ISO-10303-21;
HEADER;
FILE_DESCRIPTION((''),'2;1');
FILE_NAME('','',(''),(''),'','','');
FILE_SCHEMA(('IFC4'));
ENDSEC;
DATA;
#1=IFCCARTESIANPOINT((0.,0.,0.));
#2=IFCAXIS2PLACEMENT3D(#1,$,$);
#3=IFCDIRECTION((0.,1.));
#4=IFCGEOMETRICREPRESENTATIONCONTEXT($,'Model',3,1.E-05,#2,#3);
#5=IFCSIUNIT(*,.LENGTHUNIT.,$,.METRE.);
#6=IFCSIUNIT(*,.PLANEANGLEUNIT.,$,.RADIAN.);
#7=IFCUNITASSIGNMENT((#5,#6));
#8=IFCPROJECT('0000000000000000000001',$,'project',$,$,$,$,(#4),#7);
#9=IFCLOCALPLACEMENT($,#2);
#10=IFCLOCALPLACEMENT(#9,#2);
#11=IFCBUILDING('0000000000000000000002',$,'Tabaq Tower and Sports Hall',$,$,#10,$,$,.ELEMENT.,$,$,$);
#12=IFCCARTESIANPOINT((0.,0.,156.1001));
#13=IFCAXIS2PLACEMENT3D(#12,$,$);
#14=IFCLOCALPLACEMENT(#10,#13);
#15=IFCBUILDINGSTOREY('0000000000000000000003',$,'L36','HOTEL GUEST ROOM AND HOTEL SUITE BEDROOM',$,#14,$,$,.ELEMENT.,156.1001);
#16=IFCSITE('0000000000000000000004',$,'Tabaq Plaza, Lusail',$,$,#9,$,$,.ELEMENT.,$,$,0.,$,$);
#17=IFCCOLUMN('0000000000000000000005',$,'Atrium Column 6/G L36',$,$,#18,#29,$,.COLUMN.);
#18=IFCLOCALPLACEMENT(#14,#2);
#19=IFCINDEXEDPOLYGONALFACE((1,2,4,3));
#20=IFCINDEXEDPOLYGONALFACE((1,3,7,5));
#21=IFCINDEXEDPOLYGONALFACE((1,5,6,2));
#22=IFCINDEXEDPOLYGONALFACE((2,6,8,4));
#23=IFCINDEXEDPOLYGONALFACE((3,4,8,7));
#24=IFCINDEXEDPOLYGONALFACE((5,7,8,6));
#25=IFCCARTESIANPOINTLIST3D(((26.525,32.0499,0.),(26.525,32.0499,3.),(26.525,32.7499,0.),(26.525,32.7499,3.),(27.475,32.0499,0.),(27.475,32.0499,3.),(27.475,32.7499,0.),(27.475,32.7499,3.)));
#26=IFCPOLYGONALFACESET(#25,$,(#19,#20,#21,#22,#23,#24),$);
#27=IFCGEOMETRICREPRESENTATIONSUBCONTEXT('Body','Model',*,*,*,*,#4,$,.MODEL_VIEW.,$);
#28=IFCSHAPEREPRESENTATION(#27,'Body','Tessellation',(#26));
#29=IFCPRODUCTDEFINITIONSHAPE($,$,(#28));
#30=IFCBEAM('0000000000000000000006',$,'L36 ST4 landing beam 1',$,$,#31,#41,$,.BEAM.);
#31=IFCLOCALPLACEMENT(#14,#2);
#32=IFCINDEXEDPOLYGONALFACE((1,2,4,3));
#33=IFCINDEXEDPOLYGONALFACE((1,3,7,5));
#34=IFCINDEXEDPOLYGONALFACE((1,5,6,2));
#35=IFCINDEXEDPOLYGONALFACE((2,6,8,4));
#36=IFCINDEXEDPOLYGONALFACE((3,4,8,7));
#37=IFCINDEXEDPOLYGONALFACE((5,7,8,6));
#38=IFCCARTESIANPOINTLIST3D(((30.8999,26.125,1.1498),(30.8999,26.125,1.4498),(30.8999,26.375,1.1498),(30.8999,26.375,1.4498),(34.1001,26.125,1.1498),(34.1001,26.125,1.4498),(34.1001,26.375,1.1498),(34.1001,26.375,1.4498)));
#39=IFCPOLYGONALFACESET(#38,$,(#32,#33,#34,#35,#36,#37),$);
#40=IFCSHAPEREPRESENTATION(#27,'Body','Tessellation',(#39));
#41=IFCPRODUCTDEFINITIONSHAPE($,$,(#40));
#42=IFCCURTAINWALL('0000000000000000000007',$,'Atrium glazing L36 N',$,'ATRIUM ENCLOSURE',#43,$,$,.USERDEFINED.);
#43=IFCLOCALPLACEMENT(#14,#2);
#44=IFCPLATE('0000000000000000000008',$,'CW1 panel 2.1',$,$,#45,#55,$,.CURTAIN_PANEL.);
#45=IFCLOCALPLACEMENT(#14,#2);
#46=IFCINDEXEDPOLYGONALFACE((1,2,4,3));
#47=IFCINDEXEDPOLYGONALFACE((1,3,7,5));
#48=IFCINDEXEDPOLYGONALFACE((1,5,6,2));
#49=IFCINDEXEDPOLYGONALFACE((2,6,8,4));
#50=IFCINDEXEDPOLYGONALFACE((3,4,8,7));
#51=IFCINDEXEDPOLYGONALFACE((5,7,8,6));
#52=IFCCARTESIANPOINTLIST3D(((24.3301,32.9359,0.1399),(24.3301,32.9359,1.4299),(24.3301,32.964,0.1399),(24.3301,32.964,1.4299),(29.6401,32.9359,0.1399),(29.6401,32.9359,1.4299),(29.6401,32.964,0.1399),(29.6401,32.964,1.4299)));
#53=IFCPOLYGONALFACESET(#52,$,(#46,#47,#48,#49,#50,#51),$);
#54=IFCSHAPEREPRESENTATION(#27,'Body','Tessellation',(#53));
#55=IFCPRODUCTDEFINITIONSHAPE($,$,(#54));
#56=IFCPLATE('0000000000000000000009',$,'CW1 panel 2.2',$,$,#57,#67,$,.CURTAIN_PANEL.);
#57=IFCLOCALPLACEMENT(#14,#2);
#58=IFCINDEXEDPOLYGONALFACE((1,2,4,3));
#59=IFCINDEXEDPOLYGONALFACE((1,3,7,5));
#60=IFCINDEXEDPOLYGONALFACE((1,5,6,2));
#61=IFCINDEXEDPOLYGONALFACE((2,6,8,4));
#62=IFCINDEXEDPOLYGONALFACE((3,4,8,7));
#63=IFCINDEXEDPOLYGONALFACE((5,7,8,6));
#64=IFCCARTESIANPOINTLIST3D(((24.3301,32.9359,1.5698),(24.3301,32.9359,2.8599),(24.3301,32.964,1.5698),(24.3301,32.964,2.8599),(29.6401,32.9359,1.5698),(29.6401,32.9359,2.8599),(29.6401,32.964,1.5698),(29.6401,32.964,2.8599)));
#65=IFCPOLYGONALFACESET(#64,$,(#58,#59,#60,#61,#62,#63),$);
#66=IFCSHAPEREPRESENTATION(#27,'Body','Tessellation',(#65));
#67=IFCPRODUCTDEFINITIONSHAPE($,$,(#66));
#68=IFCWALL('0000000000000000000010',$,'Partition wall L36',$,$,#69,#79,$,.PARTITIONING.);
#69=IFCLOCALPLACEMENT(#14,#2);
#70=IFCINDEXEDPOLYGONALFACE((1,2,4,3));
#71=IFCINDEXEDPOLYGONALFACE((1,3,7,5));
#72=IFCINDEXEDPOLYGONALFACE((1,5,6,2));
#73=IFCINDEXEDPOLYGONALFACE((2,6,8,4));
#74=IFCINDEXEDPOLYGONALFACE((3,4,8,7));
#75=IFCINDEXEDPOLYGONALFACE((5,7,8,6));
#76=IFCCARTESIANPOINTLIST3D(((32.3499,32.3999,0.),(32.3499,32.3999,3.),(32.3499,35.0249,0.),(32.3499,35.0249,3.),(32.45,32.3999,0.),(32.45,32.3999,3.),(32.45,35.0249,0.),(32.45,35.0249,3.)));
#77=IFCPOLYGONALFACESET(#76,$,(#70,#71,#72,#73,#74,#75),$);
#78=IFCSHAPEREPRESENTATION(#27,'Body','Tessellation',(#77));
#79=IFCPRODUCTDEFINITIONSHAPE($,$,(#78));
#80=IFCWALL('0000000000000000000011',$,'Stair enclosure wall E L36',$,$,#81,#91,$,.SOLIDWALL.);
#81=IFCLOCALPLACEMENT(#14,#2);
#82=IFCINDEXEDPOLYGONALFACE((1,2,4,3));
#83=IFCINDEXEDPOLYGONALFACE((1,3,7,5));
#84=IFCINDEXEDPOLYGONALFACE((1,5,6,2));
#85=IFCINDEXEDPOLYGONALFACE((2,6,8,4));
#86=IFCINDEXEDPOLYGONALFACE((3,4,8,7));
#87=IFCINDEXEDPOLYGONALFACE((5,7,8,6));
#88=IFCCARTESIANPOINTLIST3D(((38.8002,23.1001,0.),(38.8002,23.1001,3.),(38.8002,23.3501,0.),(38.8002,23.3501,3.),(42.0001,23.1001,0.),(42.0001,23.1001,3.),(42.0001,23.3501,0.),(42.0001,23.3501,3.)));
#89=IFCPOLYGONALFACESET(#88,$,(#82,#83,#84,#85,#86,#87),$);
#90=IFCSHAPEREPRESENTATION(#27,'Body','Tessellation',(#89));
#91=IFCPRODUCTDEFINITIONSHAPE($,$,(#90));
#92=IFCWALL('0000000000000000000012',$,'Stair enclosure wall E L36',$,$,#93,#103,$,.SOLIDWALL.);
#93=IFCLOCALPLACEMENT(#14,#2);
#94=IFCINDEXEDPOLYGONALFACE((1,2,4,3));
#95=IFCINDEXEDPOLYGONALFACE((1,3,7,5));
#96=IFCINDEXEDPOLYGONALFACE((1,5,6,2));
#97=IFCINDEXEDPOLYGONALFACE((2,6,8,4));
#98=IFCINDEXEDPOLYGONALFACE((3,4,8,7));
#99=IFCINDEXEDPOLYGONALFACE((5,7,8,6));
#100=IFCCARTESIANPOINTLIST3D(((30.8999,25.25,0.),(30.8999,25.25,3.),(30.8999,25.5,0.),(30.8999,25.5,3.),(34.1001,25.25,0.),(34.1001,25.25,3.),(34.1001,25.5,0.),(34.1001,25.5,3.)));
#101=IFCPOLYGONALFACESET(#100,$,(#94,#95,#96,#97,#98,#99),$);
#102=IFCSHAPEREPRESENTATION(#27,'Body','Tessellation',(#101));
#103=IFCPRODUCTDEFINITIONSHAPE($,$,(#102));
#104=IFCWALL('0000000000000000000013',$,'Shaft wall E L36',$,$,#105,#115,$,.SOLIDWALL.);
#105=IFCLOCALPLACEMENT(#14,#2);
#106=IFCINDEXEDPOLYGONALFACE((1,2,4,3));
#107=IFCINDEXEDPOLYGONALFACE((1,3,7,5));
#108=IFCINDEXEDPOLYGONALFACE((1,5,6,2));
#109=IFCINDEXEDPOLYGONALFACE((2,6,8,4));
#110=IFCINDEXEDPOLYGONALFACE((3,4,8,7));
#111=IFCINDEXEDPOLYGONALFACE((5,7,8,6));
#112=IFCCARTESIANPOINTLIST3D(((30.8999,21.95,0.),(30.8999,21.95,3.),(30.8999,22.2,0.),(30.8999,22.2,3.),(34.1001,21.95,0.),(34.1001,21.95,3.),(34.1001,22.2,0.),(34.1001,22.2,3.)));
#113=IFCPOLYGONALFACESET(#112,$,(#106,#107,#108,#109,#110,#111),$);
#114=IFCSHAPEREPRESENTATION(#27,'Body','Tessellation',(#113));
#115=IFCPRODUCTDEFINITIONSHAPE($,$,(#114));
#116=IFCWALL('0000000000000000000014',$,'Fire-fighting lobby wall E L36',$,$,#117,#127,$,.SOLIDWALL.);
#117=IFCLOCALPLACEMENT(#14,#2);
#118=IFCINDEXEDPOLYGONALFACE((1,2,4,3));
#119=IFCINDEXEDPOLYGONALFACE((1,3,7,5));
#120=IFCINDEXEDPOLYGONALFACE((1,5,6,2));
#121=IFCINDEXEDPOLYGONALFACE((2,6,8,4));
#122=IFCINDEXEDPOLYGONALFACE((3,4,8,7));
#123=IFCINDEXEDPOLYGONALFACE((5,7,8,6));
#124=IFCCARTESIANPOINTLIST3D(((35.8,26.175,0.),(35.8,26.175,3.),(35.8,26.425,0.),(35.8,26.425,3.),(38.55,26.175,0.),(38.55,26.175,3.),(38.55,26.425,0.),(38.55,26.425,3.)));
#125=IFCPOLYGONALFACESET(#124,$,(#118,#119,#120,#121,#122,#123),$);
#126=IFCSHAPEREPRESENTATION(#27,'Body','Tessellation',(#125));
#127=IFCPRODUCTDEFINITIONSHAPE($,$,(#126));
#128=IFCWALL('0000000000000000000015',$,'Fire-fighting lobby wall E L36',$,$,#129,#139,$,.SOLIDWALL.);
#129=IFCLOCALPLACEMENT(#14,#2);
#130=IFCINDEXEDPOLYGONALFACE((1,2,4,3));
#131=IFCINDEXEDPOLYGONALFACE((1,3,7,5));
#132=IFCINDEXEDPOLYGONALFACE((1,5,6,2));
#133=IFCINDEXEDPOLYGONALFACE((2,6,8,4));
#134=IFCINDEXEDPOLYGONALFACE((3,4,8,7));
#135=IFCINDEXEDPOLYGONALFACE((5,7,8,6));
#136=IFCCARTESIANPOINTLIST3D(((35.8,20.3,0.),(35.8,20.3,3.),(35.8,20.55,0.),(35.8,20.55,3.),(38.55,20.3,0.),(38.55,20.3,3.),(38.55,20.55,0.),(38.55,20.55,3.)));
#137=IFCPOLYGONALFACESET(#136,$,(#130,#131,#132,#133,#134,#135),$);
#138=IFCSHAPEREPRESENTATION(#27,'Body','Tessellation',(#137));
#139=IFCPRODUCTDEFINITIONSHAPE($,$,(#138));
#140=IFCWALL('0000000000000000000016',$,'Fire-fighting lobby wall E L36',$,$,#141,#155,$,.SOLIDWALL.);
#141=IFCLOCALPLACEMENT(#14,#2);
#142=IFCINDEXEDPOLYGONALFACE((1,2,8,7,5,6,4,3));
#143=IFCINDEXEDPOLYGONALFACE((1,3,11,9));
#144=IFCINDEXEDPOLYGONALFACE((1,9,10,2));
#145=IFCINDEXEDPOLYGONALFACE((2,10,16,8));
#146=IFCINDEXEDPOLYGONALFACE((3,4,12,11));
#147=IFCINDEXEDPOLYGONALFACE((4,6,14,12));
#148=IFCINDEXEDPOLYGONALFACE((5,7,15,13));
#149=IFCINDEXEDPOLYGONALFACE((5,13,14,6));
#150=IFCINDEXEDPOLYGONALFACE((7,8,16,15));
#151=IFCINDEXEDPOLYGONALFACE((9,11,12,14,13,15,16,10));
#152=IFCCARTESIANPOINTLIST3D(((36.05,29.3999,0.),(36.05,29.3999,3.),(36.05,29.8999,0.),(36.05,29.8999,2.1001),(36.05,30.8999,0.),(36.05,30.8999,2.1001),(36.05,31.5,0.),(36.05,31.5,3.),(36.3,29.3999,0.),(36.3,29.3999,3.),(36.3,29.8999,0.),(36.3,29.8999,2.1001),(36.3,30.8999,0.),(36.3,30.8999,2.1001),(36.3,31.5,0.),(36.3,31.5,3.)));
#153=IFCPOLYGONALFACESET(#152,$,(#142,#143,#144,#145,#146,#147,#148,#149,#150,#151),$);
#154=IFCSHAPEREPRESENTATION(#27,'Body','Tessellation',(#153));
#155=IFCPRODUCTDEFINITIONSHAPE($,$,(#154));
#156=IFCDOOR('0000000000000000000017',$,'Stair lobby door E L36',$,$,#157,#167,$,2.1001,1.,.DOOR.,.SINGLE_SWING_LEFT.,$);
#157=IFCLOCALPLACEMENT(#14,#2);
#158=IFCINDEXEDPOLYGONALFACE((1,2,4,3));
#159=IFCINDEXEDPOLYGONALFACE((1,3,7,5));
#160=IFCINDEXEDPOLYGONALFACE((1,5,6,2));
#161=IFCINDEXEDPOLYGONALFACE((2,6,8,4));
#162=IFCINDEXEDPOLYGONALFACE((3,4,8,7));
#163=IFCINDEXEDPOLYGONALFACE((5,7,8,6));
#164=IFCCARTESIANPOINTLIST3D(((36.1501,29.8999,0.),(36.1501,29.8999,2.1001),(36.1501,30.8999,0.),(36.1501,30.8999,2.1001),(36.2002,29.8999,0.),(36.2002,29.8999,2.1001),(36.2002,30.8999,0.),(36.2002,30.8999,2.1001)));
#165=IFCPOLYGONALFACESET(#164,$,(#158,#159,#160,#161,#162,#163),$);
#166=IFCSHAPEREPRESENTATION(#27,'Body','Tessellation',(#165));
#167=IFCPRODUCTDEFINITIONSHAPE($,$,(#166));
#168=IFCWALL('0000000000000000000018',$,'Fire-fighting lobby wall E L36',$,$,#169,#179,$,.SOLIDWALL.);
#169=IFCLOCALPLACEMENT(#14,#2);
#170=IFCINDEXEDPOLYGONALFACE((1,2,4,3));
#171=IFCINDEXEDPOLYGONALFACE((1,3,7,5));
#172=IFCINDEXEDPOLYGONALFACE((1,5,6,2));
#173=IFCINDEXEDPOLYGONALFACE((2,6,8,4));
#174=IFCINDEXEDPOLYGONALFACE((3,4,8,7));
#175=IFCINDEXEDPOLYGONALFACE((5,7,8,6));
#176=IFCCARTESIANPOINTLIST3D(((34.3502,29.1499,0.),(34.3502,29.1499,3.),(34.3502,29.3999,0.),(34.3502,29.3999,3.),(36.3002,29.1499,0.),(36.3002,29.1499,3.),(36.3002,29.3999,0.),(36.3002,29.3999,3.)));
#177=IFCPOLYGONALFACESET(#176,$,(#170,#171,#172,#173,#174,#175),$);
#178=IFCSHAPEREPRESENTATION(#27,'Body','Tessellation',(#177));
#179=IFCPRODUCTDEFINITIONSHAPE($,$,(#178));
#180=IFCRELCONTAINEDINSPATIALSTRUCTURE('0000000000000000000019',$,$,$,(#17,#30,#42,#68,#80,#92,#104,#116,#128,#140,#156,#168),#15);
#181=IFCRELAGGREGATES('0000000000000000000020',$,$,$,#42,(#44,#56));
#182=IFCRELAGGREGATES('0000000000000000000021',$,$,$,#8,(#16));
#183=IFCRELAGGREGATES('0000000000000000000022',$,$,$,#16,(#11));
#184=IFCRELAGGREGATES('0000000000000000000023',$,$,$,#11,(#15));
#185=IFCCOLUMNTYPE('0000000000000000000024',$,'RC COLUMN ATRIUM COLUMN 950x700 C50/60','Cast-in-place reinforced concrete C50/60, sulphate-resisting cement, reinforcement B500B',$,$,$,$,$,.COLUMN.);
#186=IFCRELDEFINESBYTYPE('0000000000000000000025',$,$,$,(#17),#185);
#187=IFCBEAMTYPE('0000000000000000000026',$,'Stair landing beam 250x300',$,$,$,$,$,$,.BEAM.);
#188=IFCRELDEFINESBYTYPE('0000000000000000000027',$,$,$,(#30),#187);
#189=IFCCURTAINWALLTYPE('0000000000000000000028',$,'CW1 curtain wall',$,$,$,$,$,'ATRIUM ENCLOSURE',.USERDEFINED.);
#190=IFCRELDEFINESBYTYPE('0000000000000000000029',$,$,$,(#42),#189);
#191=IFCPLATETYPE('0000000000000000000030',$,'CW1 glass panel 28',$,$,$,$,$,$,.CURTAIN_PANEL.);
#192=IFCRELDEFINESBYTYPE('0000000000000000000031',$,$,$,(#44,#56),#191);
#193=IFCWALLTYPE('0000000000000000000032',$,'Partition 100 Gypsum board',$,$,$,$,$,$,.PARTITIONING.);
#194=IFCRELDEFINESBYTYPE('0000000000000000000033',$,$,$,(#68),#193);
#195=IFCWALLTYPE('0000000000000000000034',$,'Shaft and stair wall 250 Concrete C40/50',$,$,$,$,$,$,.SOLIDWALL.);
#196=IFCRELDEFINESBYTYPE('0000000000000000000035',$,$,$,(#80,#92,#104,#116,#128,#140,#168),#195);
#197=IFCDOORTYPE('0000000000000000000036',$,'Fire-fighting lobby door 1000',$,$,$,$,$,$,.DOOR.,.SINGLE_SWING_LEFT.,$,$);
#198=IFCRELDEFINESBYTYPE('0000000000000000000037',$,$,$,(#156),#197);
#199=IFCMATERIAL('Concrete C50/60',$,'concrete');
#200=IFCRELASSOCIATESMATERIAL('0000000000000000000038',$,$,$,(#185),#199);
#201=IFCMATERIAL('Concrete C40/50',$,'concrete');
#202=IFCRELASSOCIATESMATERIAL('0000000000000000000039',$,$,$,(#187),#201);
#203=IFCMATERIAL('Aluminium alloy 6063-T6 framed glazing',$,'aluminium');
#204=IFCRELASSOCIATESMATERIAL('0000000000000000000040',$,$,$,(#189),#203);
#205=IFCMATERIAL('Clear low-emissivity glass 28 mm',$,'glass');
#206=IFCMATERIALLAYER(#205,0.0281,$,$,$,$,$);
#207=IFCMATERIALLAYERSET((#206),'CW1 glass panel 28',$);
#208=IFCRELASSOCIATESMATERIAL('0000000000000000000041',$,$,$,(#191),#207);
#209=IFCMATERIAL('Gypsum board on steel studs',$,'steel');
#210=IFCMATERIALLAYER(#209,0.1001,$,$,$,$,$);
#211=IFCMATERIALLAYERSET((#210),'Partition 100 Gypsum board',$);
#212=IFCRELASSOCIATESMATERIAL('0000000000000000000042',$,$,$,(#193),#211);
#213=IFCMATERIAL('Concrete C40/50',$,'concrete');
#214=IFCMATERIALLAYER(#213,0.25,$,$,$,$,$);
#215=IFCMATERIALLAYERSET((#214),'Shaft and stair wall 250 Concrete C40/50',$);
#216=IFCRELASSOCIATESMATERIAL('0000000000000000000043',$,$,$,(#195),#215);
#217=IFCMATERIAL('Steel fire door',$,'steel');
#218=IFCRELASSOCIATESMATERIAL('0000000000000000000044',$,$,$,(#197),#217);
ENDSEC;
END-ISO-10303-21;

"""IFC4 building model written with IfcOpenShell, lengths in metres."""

from ifc_helpers import new_model, si_unit, direction, frame, frame_2d, origin, origin_2d, place, context, subcontext, project, spatial, rectangle, extrude, material, layer, layer_set, material_profile, profile_set, type_object, element, fill, aggregate, save


model = new_model("IFC4")

# Units and contexts
model_context = context("Model", 3, precision=1e-05, world=origin(), true_north=direction((0.0, 1.0)))
body_context = subcontext(model_context, "Body", "Model", "MODEL_VIEW")
ifc_project = project(units=[si_unit("LENGTHUNIT", "METRE"), si_unit("PLANEANGLEUNIT", "RADIAN")], contexts=[model_context])

# Site, building, storey
site_placement = place(None, origin())
site = spatial("IfcSite", under=ifc_project, at=site_placement, Name="Tabaq Plaza, Lusail", CompositionType="ELEMENT", RefElevation=0.0)
building_placement = place(site_placement, origin())
building = spatial("IfcBuilding", under=site, at=building_placement, Name="Tabaq Tower and Sports Hall", CompositionType="ELEMENT")
storey_placement = place(building_placement, frame((0.0, 0.0, 156.1001)))
storey = spatial("IfcBuildingStorey", under=building, at=storey_placement, Name="L36", Description="HOTEL GUEST ROOM AND HOTEL SUITE BEDROOM", CompositionType="ELEMENT", Elevation=156.1001)

# Column
ifc_material_1 = material(Name="Concrete C50/60", Category="concrete")
ifc_material_profile_1 = material_profile(ifc_material_1, rectangle(XDim=0.95, YDim=0.7, at=origin_2d()), Name="ATRIUM COLUMN 950x700")
ifc_profile_set_1 = profile_set([ifc_material_profile_1], Name="Concrete C50/60")
column_type = type_object("IfcColumnType", Name="RC COLUMN ATRIUM COLUMN 950x700 C50/60", Description="Cast-in-place reinforced concrete C50/60, sulphate-resisting cement, reinforcement B500B", PredefinedType="COLUMN", material=ifc_profile_set_1)
column_placement = place(storey_placement, frame((27.0, 32.3999, 0.0), z_axis=(0.0, 0.0, 1.0), x_axis=(1.0, 0.0, 0.0)))
element("IfcColumn", 1, at=column_placement, inside=storey, type_object=column_type, Name="Atrium Column 6/G L36", PredefinedType="COLUMN", context=body_context, shape_type="SweptSolid", body=[
    extrude(rectangle(XDim=0.95, YDim=0.7, at=origin_2d()), origin(), (0.0, 0.0, 1.0), 3.0),
])

# Beam
ifc_material_2 = material(Name="Concrete C40/50", Category="concrete")
ifc_material_profile_2 = material_profile(ifc_material_2, rectangle(XDim=0.25, YDim=0.3, at=origin_2d()), Name="RC 250x300")
ifc_profile_set_2 = profile_set([ifc_material_profile_2], Name="Concrete C40/50")
beam_type = type_object("IfcBeamType", Name="Stair landing beam 250x300", PredefinedType="BEAM", material=ifc_profile_set_2)
beam_placement = place(storey_placement, frame((30.8999, 26.25, 1.2998), z_axis=(1.0, 0.0, 0.0), x_axis=(0.0, 1.0, 0.0)))
element("IfcBeam", 2, at=beam_placement, inside=storey, type_object=beam_type, Name="L36 ST4 landing beam 1", PredefinedType="BEAM", context=body_context, shape_type="SweptSolid", body=[
    extrude(rectangle(XDim=0.25, YDim=0.3, at=origin_2d()), origin(), (0.0, 0.0, 1.0), 3.2002),
])

# Curtain wall, plates
ifc_material_3 = material(Name="Aluminium alloy 6063-T6 framed glazing", Category="aluminium")
curtain_wall_type = type_object("IfcCurtainWallType", Name="CW1 curtain wall", ElementType="ATRIUM ENCLOSURE", PredefinedType="USERDEFINED", material=ifc_material_3)
curtain_wall_placement = place(storey_placement, origin())
curtain_wall = element("IfcCurtainWall", 3, at=curtain_wall_placement, inside=storey, type_object=curtain_wall_type, Name="Atrium glazing L36 N", ObjectType="ATRIUM ENCLOSURE", PredefinedType="USERDEFINED")
ifc_material_4 = material(Name="Clear low-emissivity glass 28 mm", Category="glass")
ifc_layer_1 = layer(ifc_material_4, 0.0281)
ifc_layer_set_1 = layer_set([ifc_layer_1], Name="CW1 glass panel 28")
plate_type = type_object("IfcPlateType", Name="CW1 glass panel 28", PredefinedType="CURTAIN_PANEL", material=ifc_layer_set_1)
plate_1_placement = place(storey_placement, frame((26.9851, 32.95, 0.1399), z_axis=(0.0, 0.0, 1.0), x_axis=(1.0, 0.0, 0.0)))
plate_1 = element("IfcPlate", 4, at=plate_1_placement, type_object=plate_type, Name="CW1 panel 2.1", PredefinedType="CURTAIN_PANEL", context=body_context, shape_type="SweptSolid", body=[
    extrude(rectangle(XDim=5.3101, YDim=0.0281, at=origin_2d()), origin(), (0.0, 0.0, 1.0), 1.29),
])
plate_2_placement = place(storey_placement, frame((26.9851, 32.95, 1.5698), z_axis=(0.0, 0.0, 1.0), x_axis=(1.0, 0.0, 0.0)))
plate_2 = element("IfcPlate", 5, at=plate_2_placement, type_object=plate_type, Name="CW1 panel 2.2", PredefinedType="CURTAIN_PANEL", context=body_context, shape_type="SweptSolid", body=[
    extrude(rectangle(XDim=5.3101, YDim=0.0281, at=origin_2d()), origin(), (0.0, 0.0, 1.0), 1.29),
])
aggregate(curtain_wall, [plate_1, plate_2])

# Walls
ifc_material_5 = material(Name="Gypsum board on steel studs", Category="steel")
ifc_layer_2 = layer(ifc_material_5, 0.1001)
ifc_layer_set_2 = layer_set([ifc_layer_2], Name="Partition 100 Gypsum board")
wall_type_1 = type_object("IfcWallType", Name="Partition 100 Gypsum board", PredefinedType="PARTITIONING", material=ifc_layer_set_2)
wall_1_placement = place(storey_placement, frame((32.3999, 32.3999, 0.0), z_axis=(0.0, 0.0, 1.0), x_axis=(0.0, 1.0, 0.0)))
element("IfcWall", 6, at=wall_1_placement, inside=storey, type_object=wall_type_1, Name="Partition wall L36", PredefinedType="PARTITIONING", context=body_context, shape_type="SweptSolid", body=[
    extrude(rectangle(XDim=2.625, YDim=0.1001, at=frame_2d((1.3125, 0.0))), origin(), (0.0, 0.0, 1.0), 3.0),
])
ifc_material_6 = material(Name="Concrete C40/50", Category="concrete")
ifc_layer_3 = layer(ifc_material_6, 0.25)
ifc_layer_set_3 = layer_set([ifc_layer_3], Name="Shaft and stair wall 250 Concrete C40/50")
wall_type_2 = type_object("IfcWallType", Name="Shaft and stair wall 250 Concrete C40/50", PredefinedType="SOLIDWALL", material=ifc_layer_set_3)
wall_2_placement = place(storey_placement, frame((38.8, 23.2251, 0.0), z_axis=(0.0, 0.0, 1.0), x_axis=(1.0, 0.0, 0.0)))
element("IfcWall", 7, at=wall_2_placement, inside=storey, type_object=wall_type_2, Name="Stair enclosure wall E L36", PredefinedType="SOLIDWALL", context=body_context, shape_type="SweptSolid", body=[
    extrude(rectangle(XDim=3.2, YDim=0.25, at=frame_2d((1.6001, 0.0))), origin(), (0.0, 0.0, 1.0), 3.0),
])
for number, where, z_axis, x_axis, name in (
    (8, (30.8999, 25.375, 0.0), (0.0, 0.0, 1.0), (1.0, 0.0, 0.0), "Stair enclosure wall E L36"),
    (9, (30.8999, 22.075, 0.0), (0.0, 0.0, 1.0), (1.0, 0.0, 0.0), "Shaft wall E L36"),
):
    element("IfcWall", number, at=place(storey_placement, frame(where, z_axis=z_axis, x_axis=x_axis)), inside=storey, type_object=wall_type_2, Name=name, PredefinedType="SOLIDWALL", context=body_context, shape_type="SweptSolid", body=[
        extrude(rectangle(XDim=3.2002, YDim=0.25, at=frame_2d((1.6001, 0.0))), origin(), (0.0, 0.0, 1.0), 3.0),
    ])
for number, where, z_axis, x_axis, name in (
    (10, (35.8, 26.3, 0.0), (0.0, 0.0, 1.0), (1.0, 0.0, 0.0), "Fire-fighting lobby wall E L36"),
    (11, (35.8, 20.425, 0.0), (0.0, 0.0, 1.0), (1.0, 0.0, 0.0), "Fire-fighting lobby wall E L36"),
):
    element("IfcWall", number, at=place(storey_placement, frame(where, z_axis=z_axis, x_axis=x_axis)), inside=storey, type_object=wall_type_2, Name=name, PredefinedType="SOLIDWALL", context=body_context, shape_type="SweptSolid", body=[
        extrude(rectangle(XDim=2.75, YDim=0.25, at=frame_2d((1.375, 0.0))), origin(), (0.0, 0.0, 1.0), 3.0),
    ])

# Wall, opening, door
wall_3_placement = place(storey_placement, frame((36.175, 29.3999, 0.0), z_axis=(0.0, 0.0, 1.0), x_axis=(0.0, 1.0, 0.0)))
wall_3 = element("IfcWall", 12, at=wall_3_placement, inside=storey, type_object=wall_type_2, Name="Fire-fighting lobby wall E L36", PredefinedType="SOLIDWALL", context=body_context, shape_type="SweptSolid", body=[
    extrude(rectangle(XDim=2.1001, YDim=0.25, at=frame_2d((1.05, 0.0))), origin(), (0.0, 0.0, 1.0), 3.0),
])
opening_1_placement = place(wall_3_placement, frame((0.5, 0.0, 0.0)))
opening_1 = element("IfcOpeningElement", 13, at=opening_1_placement, cuts=wall_3, PredefinedType="OPENING", context=body_context, shape_type="SweptSolid", body=[
    extrude(rectangle(XDim=1.0, YDim=2.1001, at=frame_2d((0.5, 1.05))), frame((0.0, 0.125, 0.0), z_axis=(0.0, -1.0, 0.0), x_axis=(1.0, 0.0, 0.0)), (0.0, 0.0, 1.0), 0.25),
])
ifc_material_7 = material(Name="Steel fire door", Category="steel")
door_type_1 = type_object("IfcDoorType", Name="Fire-fighting lobby door 1000", OperationType="SINGLE_SWING_LEFT", PredefinedType="DOOR", material=ifc_material_7)
door_1_placement = place(opening_1_placement, origin())
door_1 = element("IfcDoor", 14, at=door_1_placement, inside=storey, type_object=door_type_1, Name="Stair lobby door E L36", OperationType="SINGLE_SWING_LEFT", OverallHeight=2.1001, OverallWidth=1.0, PredefinedType="DOOR", context=body_context, shape_type="SweptSolid", body=[
    extrude(rectangle(XDim=1.0, YDim=2.1001, at=frame_2d((0.5, 1.05))), frame((0.0, 0.0249, 0.0), z_axis=(0.0, -1.0, 0.0), x_axis=(1.0, 0.0, 0.0)), (0.0, 0.0, 1.0), 0.05),
])
fill(opening_1, door_1)

# Wall
wall_4_placement = place(storey_placement, frame((34.3501, 29.2749, 0.0), z_axis=(0.0, 0.0, 1.0), x_axis=(1.0, 0.0, 0.0)))
element("IfcWall", 15, at=wall_4_placement, inside=storey, type_object=wall_type_2, Name="Fire-fighting lobby wall E L36", PredefinedType="SOLIDWALL", context=body_context, shape_type="SweptSolid", body=[
    extrude(rectangle(XDim=1.95, YDim=0.25, at=frame_2d((0.9751, 0.0))), origin(), (0.0, 0.0, 1.0), 3.0),
])

save(model, "model.ifc")
